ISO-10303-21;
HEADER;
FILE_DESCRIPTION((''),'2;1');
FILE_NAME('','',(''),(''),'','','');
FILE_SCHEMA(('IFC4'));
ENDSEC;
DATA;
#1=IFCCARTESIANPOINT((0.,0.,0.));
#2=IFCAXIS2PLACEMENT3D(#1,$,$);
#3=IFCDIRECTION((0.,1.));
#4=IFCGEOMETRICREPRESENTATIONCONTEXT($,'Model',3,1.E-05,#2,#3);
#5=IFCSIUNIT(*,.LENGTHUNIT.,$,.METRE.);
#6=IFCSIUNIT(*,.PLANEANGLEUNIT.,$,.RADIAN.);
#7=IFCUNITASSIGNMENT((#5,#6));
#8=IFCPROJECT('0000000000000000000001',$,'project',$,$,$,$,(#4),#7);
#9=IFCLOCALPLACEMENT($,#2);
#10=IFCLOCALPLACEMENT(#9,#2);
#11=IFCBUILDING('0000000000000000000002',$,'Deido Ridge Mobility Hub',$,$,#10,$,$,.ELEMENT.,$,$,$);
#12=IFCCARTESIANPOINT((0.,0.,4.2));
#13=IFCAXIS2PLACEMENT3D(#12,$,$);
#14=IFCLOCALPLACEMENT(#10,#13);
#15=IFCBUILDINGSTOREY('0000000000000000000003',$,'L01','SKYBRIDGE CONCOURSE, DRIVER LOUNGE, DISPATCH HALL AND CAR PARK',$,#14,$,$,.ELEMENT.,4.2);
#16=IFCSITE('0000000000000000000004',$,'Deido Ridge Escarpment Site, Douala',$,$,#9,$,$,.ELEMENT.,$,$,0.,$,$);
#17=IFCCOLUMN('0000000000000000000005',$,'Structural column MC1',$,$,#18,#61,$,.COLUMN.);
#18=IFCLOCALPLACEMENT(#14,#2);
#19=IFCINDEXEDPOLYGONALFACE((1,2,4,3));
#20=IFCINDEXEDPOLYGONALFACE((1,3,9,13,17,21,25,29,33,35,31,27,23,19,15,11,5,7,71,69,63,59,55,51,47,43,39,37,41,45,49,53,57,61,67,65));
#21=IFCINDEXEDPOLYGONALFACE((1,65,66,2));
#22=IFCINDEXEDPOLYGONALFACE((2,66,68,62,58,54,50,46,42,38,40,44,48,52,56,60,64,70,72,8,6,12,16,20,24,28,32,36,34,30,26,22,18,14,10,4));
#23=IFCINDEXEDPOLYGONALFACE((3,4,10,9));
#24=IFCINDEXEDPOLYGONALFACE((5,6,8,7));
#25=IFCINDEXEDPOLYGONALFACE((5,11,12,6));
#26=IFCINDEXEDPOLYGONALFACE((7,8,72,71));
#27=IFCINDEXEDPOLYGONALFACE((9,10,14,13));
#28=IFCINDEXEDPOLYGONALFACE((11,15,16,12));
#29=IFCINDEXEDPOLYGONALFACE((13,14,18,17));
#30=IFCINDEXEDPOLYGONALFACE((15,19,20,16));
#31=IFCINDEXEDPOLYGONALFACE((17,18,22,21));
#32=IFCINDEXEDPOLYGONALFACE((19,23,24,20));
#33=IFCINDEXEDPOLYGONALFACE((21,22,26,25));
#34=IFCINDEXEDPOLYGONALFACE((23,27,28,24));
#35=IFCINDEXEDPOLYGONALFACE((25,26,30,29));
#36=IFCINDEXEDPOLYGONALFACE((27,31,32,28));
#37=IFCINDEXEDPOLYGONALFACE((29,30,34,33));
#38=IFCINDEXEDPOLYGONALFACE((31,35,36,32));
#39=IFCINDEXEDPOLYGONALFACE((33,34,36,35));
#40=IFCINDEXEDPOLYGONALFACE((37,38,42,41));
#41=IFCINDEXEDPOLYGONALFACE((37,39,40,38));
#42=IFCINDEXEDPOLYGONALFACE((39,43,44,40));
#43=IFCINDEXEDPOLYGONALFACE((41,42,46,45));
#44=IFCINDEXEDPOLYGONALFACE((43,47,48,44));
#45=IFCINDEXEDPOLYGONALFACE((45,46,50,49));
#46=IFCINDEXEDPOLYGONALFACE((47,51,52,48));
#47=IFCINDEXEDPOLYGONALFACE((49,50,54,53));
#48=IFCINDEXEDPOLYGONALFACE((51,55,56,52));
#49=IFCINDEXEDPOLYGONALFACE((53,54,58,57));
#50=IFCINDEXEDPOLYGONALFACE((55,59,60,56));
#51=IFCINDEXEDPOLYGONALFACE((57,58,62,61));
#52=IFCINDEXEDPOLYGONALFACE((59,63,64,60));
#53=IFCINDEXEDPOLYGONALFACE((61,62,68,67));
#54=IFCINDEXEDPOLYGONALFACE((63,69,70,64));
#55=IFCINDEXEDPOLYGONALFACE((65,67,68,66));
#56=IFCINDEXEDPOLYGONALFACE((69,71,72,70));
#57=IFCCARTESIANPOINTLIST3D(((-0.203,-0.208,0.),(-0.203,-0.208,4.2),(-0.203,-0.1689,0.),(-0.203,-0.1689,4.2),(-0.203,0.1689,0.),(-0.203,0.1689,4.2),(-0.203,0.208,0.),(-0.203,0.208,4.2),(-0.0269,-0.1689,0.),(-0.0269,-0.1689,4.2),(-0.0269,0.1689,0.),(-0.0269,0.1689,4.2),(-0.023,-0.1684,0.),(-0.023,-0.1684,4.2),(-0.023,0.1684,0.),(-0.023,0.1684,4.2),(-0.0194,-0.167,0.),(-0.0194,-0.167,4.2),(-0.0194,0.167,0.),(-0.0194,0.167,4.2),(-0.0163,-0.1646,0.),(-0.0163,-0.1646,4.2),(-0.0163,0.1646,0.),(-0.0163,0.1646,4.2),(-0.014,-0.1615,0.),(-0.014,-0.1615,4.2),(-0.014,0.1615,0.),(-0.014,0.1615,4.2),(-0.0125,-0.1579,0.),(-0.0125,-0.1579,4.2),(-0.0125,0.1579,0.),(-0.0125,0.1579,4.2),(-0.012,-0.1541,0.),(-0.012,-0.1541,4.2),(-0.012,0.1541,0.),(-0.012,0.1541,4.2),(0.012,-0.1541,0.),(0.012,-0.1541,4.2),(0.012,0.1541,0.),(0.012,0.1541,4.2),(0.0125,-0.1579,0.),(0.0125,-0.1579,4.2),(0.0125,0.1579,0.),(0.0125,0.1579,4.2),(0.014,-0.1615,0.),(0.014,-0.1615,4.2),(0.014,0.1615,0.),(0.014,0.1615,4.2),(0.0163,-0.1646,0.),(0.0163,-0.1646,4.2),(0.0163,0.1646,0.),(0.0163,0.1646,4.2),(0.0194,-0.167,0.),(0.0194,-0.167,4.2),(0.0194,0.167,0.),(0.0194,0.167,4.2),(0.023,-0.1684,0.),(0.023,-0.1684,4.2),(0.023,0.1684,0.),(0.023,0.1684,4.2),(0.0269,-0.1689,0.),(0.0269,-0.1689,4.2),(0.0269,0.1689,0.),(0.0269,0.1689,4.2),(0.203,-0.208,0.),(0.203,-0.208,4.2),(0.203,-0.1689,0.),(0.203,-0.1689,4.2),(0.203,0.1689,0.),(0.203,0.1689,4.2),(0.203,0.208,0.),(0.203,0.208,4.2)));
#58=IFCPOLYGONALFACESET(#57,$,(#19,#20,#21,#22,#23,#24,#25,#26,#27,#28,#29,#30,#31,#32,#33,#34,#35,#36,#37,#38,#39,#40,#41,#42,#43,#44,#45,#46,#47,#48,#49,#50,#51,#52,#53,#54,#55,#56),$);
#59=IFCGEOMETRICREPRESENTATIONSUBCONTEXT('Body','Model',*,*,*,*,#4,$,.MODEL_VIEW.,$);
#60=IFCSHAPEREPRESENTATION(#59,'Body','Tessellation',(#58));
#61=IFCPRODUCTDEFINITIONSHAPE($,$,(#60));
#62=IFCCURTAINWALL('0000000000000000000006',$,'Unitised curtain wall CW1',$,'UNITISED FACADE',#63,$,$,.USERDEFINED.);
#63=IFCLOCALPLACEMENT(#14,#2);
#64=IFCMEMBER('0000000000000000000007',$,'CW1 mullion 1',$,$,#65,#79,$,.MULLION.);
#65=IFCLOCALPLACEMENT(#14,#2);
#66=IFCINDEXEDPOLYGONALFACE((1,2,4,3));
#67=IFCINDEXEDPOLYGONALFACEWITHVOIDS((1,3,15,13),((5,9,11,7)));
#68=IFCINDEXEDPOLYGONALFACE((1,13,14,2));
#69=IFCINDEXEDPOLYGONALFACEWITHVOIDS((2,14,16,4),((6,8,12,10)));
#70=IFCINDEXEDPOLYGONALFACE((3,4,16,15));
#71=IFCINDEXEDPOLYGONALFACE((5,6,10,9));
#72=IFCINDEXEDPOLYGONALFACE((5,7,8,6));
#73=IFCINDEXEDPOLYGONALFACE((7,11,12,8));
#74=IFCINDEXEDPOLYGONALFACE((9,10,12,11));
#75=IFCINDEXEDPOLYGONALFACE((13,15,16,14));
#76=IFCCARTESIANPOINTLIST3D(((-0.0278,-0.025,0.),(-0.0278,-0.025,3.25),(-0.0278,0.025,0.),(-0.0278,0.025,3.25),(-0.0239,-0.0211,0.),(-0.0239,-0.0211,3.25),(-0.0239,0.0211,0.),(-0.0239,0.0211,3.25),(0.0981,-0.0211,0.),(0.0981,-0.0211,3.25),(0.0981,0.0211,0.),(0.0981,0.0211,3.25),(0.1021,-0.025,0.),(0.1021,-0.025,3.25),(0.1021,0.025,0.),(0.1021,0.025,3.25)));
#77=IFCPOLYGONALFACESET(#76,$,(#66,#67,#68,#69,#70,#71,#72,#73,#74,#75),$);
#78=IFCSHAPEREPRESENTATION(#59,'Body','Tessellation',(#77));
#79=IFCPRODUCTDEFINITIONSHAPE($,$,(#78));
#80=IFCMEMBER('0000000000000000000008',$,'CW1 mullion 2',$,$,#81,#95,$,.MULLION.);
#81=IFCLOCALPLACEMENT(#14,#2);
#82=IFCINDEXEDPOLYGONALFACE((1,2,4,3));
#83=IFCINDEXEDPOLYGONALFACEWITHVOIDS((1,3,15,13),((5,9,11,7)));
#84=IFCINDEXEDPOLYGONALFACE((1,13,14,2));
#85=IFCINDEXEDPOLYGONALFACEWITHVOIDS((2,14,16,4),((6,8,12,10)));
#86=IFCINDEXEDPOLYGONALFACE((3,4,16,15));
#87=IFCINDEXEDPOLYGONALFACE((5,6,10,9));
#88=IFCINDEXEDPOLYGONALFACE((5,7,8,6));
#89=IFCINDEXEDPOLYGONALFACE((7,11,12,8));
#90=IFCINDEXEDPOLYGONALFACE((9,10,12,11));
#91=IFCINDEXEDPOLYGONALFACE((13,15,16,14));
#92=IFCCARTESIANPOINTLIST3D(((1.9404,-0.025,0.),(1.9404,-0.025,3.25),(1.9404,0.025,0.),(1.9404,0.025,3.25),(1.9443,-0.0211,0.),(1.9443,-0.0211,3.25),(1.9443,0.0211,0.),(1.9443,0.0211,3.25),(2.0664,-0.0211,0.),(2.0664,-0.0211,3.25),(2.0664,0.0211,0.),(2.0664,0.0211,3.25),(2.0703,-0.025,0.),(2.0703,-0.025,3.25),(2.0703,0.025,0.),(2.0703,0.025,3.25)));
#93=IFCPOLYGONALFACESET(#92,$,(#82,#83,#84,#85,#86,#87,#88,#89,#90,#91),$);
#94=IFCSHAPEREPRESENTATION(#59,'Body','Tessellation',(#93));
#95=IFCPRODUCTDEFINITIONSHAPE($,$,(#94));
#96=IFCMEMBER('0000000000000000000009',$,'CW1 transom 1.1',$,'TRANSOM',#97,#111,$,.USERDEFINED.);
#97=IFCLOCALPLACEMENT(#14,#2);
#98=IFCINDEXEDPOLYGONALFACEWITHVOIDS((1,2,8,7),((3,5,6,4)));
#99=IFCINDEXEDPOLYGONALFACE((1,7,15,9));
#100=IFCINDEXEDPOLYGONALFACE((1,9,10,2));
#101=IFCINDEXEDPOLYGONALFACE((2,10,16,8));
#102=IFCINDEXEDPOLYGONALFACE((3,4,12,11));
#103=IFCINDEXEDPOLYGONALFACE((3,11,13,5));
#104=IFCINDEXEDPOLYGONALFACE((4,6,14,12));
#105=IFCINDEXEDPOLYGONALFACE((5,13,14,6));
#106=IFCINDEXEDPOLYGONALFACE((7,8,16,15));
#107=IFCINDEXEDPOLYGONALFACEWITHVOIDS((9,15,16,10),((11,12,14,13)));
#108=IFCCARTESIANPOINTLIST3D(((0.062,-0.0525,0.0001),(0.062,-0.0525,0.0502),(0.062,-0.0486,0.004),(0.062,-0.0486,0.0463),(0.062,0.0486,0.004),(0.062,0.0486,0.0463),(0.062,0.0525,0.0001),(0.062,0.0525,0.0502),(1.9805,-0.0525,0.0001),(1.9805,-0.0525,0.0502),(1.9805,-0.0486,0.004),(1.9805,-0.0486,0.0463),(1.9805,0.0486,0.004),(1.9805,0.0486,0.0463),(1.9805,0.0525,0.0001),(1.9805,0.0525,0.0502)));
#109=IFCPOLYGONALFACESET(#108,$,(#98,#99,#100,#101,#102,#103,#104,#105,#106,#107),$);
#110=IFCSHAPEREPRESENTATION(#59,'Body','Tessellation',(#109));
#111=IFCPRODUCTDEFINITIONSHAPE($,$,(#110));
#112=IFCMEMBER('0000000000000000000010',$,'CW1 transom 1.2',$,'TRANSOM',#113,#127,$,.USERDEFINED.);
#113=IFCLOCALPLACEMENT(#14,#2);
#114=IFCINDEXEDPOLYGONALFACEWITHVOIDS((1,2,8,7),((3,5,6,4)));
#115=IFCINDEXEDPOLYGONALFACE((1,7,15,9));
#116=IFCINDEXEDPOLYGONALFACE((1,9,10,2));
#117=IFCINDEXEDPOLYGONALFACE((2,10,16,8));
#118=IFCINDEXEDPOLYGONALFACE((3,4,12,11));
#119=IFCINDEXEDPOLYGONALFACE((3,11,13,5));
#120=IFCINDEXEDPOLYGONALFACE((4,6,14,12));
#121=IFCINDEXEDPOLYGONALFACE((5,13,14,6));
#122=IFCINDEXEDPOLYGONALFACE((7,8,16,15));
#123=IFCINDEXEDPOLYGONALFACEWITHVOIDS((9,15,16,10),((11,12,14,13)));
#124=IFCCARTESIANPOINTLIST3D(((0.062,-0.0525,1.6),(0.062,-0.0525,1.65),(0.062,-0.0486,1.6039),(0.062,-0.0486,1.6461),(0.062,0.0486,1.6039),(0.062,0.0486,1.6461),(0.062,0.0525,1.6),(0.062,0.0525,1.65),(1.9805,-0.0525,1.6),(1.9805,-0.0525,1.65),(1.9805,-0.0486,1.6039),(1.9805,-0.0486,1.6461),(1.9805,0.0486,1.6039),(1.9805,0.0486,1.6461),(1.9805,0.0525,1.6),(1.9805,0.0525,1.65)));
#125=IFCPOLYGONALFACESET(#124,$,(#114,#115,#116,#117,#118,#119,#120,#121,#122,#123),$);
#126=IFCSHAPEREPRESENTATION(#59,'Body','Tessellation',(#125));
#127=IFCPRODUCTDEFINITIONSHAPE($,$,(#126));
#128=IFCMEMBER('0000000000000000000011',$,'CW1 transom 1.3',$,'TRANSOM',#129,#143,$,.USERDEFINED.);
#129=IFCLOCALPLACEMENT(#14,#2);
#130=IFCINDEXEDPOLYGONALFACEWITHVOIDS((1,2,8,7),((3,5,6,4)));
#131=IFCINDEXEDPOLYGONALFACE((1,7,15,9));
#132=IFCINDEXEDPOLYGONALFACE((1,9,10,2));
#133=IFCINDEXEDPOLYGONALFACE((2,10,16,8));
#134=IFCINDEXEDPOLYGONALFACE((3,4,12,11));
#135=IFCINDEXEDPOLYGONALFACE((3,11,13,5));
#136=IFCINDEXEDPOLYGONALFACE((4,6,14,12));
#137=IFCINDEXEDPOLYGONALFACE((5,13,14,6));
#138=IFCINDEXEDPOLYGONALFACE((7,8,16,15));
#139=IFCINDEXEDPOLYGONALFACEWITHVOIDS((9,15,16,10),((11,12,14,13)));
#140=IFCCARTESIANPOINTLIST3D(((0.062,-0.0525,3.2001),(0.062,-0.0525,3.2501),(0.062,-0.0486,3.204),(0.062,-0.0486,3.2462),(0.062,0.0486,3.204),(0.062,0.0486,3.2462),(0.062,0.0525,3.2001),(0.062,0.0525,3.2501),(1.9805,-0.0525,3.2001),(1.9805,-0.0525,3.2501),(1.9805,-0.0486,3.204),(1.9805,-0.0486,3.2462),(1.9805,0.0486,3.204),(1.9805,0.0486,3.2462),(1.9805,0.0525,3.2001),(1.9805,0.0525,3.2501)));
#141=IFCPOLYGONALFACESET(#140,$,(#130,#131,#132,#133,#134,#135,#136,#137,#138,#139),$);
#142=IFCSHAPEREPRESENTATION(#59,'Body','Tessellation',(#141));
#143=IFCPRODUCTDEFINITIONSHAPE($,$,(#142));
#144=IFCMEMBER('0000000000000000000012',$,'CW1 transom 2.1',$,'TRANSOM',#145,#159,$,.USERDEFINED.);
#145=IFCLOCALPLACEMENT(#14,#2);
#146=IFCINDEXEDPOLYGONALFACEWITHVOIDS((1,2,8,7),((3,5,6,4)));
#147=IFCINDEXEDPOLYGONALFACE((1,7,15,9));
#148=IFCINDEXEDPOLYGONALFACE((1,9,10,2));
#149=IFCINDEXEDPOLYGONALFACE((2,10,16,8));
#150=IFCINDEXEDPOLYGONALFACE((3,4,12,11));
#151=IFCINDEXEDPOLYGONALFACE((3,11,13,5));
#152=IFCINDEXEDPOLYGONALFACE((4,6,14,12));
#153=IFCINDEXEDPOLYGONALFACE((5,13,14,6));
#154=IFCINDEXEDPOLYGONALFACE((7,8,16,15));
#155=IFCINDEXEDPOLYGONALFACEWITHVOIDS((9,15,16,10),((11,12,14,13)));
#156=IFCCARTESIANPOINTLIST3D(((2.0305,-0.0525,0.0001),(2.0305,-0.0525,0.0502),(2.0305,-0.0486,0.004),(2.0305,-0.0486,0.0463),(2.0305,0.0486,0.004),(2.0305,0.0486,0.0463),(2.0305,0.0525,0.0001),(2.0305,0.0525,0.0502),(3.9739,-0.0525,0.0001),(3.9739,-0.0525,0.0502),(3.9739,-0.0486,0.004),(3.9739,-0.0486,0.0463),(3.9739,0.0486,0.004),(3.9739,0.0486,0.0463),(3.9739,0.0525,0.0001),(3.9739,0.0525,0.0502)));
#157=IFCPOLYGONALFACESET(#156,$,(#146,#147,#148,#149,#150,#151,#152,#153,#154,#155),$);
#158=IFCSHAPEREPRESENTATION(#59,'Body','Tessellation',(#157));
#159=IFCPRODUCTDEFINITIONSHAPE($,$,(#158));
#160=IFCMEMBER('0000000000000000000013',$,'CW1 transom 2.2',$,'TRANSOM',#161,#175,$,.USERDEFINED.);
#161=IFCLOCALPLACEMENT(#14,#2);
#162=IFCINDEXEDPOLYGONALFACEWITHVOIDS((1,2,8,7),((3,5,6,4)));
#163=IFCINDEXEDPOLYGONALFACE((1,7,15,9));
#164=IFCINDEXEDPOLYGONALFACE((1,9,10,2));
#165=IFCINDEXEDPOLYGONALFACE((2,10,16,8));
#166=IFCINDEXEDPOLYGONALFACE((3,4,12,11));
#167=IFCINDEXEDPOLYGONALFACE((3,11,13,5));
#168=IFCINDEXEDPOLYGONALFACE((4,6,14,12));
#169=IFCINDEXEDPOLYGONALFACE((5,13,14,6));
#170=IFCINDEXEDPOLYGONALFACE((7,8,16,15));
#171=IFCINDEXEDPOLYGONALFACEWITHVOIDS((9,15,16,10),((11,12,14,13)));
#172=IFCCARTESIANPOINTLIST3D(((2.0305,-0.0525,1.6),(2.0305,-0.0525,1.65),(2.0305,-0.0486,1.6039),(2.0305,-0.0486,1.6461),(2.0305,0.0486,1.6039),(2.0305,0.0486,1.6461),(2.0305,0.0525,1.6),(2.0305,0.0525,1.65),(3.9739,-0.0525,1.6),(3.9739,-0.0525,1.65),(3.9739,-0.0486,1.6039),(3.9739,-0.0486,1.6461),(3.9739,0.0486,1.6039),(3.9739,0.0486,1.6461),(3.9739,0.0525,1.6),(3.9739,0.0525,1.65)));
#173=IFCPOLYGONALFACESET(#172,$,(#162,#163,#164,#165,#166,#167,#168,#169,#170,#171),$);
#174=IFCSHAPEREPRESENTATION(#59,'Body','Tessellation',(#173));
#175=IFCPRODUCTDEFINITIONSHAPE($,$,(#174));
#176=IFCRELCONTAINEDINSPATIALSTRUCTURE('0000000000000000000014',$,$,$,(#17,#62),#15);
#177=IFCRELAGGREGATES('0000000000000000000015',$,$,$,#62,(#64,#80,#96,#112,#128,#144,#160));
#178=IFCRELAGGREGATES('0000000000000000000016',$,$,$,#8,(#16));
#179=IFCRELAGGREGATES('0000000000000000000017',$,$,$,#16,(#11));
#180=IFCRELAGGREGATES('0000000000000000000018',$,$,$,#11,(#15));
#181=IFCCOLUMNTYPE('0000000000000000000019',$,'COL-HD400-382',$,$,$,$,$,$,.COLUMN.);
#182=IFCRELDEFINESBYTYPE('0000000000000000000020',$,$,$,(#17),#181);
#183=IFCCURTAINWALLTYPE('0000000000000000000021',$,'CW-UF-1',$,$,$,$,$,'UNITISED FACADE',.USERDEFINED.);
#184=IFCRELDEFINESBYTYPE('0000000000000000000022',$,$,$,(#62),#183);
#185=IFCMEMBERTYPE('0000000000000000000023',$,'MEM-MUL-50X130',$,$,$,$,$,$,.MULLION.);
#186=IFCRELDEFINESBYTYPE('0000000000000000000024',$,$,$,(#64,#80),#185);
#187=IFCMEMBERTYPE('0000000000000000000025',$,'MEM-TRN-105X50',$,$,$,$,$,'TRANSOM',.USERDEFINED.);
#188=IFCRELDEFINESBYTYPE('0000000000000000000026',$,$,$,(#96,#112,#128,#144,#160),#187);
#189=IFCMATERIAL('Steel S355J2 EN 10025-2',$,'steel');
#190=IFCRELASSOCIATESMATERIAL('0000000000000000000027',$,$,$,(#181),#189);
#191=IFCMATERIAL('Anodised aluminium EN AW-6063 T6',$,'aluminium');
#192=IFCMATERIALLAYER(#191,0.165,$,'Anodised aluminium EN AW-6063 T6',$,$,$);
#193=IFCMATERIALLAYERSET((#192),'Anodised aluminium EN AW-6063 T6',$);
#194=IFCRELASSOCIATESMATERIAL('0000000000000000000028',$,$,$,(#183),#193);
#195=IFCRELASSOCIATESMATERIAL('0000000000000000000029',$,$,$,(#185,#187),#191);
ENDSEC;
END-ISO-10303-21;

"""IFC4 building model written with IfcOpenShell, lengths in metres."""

from ifc_helpers import new_model, si_unit, direction, frame, origin, origin_with_axes, origin_2d, place, context, subcontext, project, spatial, hollow_rectangle, i_section, extrude, material, layer, layer_set, material_profile, profile_set, type_object, element, aggregate, save


model = new_model("IFC4")

# Units and contexts
model_context = context("Model", 3, precision=1e-05, world=origin(), true_north=direction((0.0, 1.0)))
body_context = subcontext(model_context, "Body", "Model", "MODEL_VIEW")
ifc_project = project(units=[si_unit("LENGTHUNIT", "METRE"), si_unit("PLANEANGLEUNIT", "RADIAN")], contexts=[model_context])

# Site, building, storey
site_placement = place(None, origin())
site = spatial("IfcSite", under=ifc_project, at=site_placement, Name="Deido Ridge Escarpment Site, Douala", CompositionType="ELEMENT", RefElevation=0.0)
building_placement = place(site_placement, origin())
building = spatial("IfcBuilding", under=site, at=building_placement, Name="Deido Ridge Mobility Hub", CompositionType="ELEMENT")
storey_placement = place(building_placement, frame((0.0, 0.0, 4.2)))
storey = spatial("IfcBuildingStorey", under=building, at=storey_placement, Name="L01", Description="SKYBRIDGE CONCOURSE, DRIVER LOUNGE, DISPATCH HALL AND CAR PARK", CompositionType="ELEMENT", Elevation=4.2)

# Column
ifc_material_1 = material(Name="Steel S355J2 EN 10025-2", Category="steel")
ifc_material_profile_1 = material_profile(ifc_material_1, i_section(OverallWidth=0.406, OverallDepth=0.416, WebThickness=0.0239, FlangeThickness=0.0391, FilletRadius=0.0149, at=origin_2d()), Name="HD 400x382")
ifc_profile_set_1 = profile_set([ifc_material_profile_1], Name="Steel S355J2 EN 10025-2")
column_type = type_object("IfcColumnType", Name="COL-HD400-382", PredefinedType="COLUMN", material=ifc_profile_set_1)
column_placement = place(storey_placement, origin_with_axes())
element("IfcColumn", 1, at=column_placement, inside=storey, type_object=column_type, Name="Structural column MC1", PredefinedType="COLUMN", context=body_context, shape_type="SweptSolid", body=[
    extrude(i_section(OverallWidth=0.406, OverallDepth=0.416, WebThickness=0.0239, FlangeThickness=0.0391, FilletRadius=0.0149, at=origin_2d()), origin(), (0.0, 0.0, 1.0), 4.2),
])

# Curtain wall, members
ifc_material_2 = material(Name="Anodised aluminium EN AW-6063 T6", Category="aluminium")
ifc_layer_1 = layer(ifc_material_2, 0.165, Name="Anodised aluminium EN AW-6063 T6")
ifc_layer_set_1 = layer_set([ifc_layer_1], Name="Anodised aluminium EN AW-6063 T6")
curtain_wall_type = type_object("IfcCurtainWallType", Name="CW-UF-1", ElementType="UNITISED FACADE", PredefinedType="USERDEFINED", material=ifc_layer_set_1)
curtain_wall_placement = place(storey_placement, origin())
curtain_wall = element("IfcCurtainWall", 2, at=curtain_wall_placement, inside=storey, type_object=curtain_wall_type, Name="Unitised curtain wall CW1", ObjectType="UNITISED FACADE", PredefinedType="USERDEFINED")
ifc_material_profile_2 = material_profile(ifc_material_2, hollow_rectangle(XDim=0.05, YDim=0.1299, WallThickness=0.0039, at=origin_2d()), Name="RHS 50x130x4")
ifc_profile_set_2 = profile_set([ifc_material_profile_2], Name="Anodised aluminium EN AW-6063 T6")
member_type_1 = type_object("IfcMemberType", Name="MEM-MUL-50X130", PredefinedType="MULLION", material=ifc_profile_set_2)
member_1_placement = place(storey_placement, frame((0.0371, 0.0, 0.0), z_axis=(0.0, 0.0, 1.0), x_axis=(0.0, 1.0, 0.0)))
member_1 = element("IfcMember", 3, at=member_1_placement, type_object=member_type_1, Name="CW1 mullion 1", PredefinedType="MULLION", context=body_context, shape_type="SweptSolid", body=[
    extrude(hollow_rectangle(XDim=0.05, YDim=0.1299, WallThickness=0.0039, at=origin_2d()), origin(), (0.0, 0.0, 1.0), 3.25),
])
member_2_placement = place(storey_placement, frame((2.0054, 0.0, 0.0), z_axis=(0.0, 0.0, 1.0), x_axis=(0.0, 1.0, 0.0)))
member_2 = element("IfcMember", 4, at=member_2_placement, type_object=member_type_1, Name="CW1 mullion 2", PredefinedType="MULLION", context=body_context, shape_type="SweptSolid", body=[
    extrude(hollow_rectangle(XDim=0.05, YDim=0.1299, WallThickness=0.0039, at=origin_2d()), origin(), (0.0, 0.0, 1.0), 3.25),
])
ifc_material_profile_3 = material_profile(ifc_material_2, hollow_rectangle(XDim=0.105, YDim=0.05, WallThickness=0.0039, at=origin_2d()), Name="RHS 105x50x4")
ifc_profile_set_3 = profile_set([ifc_material_profile_3], Name="Anodised aluminium EN AW-6063 T6")
member_type_2 = type_object("IfcMemberType", Name="MEM-TRN-105X50", ElementType="TRANSOM", PredefinedType="USERDEFINED", material=ifc_profile_set_3)
member_3_placement = place(storey_placement, frame((0.062, 0.0, 0.0251), z_axis=(1.0, 0.0, 0.0), x_axis=(0.0, 1.0, 0.0)))
member_3 = element("IfcMember", 5, at=member_3_placement, type_object=member_type_2, Name="CW1 transom 1.1", ObjectType="TRANSOM", PredefinedType="USERDEFINED", context=body_context, shape_type="SweptSolid", body=[
    extrude(hollow_rectangle(XDim=0.105, YDim=0.05, WallThickness=0.0039, at=origin_2d()), origin(), (0.0, 0.0, 1.0), 1.9185),
])
member_4_placement = place(storey_placement, frame((0.062, 0.0, 1.625), z_axis=(1.0, 0.0, 0.0), x_axis=(0.0, 1.0, 0.0)))
member_4 = element("IfcMember", 6, at=member_4_placement, type_object=member_type_2, Name="CW1 transom 1.2", ObjectType="TRANSOM", PredefinedType="USERDEFINED", context=body_context, shape_type="SweptSolid", body=[
    extrude(hollow_rectangle(XDim=0.105, YDim=0.05, WallThickness=0.0039, at=origin_2d()), origin(), (0.0, 0.0, 1.0), 1.9185),
])
member_5_placement = place(storey_placement, frame((0.062, 0.0, 3.2251), z_axis=(1.0, 0.0, 0.0), x_axis=(0.0, 1.0, 0.0)))
member_5 = element("IfcMember", 7, at=member_5_placement, type_object=member_type_2, Name="CW1 transom 1.3", ObjectType="TRANSOM", PredefinedType="USERDEFINED", context=body_context, shape_type="SweptSolid", body=[
    extrude(hollow_rectangle(XDim=0.105, YDim=0.05, WallThickness=0.0039, at=origin_2d()), origin(), (0.0, 0.0, 1.0), 1.9185),
])
member_6_placement = place(storey_placement, frame((2.0305, 0.0, 0.0251), z_axis=(1.0, 0.0, 0.0), x_axis=(0.0, 1.0, 0.0)))
member_6 = element("IfcMember", 8, at=member_6_placement, type_object=member_type_2, Name="CW1 transom 2.1", ObjectType="TRANSOM", PredefinedType="USERDEFINED", context=body_context, shape_type="SweptSolid", body=[
    extrude(hollow_rectangle(XDim=0.105, YDim=0.05, WallThickness=0.0039, at=origin_2d()), origin(), (0.0, 0.0, 1.0), 1.9434),
])
member_7_placement = place(storey_placement, frame((2.0305, 0.0, 1.625), z_axis=(1.0, 0.0, 0.0), x_axis=(0.0, 1.0, 0.0)))
member_7 = element("IfcMember", 9, at=member_7_placement, type_object=member_type_2, Name="CW1 transom 2.2", ObjectType="TRANSOM", PredefinedType="USERDEFINED", context=body_context, shape_type="SweptSolid", body=[
    extrude(hollow_rectangle(XDim=0.105, YDim=0.05, WallThickness=0.0039, at=origin_2d()), origin(), (0.0, 0.0, 1.0), 1.9434),
])

aggregate(curtain_wall, [member_1, member_2, member_3, member_4, member_5, member_6, member_7])

save(model, "model.ifc")
